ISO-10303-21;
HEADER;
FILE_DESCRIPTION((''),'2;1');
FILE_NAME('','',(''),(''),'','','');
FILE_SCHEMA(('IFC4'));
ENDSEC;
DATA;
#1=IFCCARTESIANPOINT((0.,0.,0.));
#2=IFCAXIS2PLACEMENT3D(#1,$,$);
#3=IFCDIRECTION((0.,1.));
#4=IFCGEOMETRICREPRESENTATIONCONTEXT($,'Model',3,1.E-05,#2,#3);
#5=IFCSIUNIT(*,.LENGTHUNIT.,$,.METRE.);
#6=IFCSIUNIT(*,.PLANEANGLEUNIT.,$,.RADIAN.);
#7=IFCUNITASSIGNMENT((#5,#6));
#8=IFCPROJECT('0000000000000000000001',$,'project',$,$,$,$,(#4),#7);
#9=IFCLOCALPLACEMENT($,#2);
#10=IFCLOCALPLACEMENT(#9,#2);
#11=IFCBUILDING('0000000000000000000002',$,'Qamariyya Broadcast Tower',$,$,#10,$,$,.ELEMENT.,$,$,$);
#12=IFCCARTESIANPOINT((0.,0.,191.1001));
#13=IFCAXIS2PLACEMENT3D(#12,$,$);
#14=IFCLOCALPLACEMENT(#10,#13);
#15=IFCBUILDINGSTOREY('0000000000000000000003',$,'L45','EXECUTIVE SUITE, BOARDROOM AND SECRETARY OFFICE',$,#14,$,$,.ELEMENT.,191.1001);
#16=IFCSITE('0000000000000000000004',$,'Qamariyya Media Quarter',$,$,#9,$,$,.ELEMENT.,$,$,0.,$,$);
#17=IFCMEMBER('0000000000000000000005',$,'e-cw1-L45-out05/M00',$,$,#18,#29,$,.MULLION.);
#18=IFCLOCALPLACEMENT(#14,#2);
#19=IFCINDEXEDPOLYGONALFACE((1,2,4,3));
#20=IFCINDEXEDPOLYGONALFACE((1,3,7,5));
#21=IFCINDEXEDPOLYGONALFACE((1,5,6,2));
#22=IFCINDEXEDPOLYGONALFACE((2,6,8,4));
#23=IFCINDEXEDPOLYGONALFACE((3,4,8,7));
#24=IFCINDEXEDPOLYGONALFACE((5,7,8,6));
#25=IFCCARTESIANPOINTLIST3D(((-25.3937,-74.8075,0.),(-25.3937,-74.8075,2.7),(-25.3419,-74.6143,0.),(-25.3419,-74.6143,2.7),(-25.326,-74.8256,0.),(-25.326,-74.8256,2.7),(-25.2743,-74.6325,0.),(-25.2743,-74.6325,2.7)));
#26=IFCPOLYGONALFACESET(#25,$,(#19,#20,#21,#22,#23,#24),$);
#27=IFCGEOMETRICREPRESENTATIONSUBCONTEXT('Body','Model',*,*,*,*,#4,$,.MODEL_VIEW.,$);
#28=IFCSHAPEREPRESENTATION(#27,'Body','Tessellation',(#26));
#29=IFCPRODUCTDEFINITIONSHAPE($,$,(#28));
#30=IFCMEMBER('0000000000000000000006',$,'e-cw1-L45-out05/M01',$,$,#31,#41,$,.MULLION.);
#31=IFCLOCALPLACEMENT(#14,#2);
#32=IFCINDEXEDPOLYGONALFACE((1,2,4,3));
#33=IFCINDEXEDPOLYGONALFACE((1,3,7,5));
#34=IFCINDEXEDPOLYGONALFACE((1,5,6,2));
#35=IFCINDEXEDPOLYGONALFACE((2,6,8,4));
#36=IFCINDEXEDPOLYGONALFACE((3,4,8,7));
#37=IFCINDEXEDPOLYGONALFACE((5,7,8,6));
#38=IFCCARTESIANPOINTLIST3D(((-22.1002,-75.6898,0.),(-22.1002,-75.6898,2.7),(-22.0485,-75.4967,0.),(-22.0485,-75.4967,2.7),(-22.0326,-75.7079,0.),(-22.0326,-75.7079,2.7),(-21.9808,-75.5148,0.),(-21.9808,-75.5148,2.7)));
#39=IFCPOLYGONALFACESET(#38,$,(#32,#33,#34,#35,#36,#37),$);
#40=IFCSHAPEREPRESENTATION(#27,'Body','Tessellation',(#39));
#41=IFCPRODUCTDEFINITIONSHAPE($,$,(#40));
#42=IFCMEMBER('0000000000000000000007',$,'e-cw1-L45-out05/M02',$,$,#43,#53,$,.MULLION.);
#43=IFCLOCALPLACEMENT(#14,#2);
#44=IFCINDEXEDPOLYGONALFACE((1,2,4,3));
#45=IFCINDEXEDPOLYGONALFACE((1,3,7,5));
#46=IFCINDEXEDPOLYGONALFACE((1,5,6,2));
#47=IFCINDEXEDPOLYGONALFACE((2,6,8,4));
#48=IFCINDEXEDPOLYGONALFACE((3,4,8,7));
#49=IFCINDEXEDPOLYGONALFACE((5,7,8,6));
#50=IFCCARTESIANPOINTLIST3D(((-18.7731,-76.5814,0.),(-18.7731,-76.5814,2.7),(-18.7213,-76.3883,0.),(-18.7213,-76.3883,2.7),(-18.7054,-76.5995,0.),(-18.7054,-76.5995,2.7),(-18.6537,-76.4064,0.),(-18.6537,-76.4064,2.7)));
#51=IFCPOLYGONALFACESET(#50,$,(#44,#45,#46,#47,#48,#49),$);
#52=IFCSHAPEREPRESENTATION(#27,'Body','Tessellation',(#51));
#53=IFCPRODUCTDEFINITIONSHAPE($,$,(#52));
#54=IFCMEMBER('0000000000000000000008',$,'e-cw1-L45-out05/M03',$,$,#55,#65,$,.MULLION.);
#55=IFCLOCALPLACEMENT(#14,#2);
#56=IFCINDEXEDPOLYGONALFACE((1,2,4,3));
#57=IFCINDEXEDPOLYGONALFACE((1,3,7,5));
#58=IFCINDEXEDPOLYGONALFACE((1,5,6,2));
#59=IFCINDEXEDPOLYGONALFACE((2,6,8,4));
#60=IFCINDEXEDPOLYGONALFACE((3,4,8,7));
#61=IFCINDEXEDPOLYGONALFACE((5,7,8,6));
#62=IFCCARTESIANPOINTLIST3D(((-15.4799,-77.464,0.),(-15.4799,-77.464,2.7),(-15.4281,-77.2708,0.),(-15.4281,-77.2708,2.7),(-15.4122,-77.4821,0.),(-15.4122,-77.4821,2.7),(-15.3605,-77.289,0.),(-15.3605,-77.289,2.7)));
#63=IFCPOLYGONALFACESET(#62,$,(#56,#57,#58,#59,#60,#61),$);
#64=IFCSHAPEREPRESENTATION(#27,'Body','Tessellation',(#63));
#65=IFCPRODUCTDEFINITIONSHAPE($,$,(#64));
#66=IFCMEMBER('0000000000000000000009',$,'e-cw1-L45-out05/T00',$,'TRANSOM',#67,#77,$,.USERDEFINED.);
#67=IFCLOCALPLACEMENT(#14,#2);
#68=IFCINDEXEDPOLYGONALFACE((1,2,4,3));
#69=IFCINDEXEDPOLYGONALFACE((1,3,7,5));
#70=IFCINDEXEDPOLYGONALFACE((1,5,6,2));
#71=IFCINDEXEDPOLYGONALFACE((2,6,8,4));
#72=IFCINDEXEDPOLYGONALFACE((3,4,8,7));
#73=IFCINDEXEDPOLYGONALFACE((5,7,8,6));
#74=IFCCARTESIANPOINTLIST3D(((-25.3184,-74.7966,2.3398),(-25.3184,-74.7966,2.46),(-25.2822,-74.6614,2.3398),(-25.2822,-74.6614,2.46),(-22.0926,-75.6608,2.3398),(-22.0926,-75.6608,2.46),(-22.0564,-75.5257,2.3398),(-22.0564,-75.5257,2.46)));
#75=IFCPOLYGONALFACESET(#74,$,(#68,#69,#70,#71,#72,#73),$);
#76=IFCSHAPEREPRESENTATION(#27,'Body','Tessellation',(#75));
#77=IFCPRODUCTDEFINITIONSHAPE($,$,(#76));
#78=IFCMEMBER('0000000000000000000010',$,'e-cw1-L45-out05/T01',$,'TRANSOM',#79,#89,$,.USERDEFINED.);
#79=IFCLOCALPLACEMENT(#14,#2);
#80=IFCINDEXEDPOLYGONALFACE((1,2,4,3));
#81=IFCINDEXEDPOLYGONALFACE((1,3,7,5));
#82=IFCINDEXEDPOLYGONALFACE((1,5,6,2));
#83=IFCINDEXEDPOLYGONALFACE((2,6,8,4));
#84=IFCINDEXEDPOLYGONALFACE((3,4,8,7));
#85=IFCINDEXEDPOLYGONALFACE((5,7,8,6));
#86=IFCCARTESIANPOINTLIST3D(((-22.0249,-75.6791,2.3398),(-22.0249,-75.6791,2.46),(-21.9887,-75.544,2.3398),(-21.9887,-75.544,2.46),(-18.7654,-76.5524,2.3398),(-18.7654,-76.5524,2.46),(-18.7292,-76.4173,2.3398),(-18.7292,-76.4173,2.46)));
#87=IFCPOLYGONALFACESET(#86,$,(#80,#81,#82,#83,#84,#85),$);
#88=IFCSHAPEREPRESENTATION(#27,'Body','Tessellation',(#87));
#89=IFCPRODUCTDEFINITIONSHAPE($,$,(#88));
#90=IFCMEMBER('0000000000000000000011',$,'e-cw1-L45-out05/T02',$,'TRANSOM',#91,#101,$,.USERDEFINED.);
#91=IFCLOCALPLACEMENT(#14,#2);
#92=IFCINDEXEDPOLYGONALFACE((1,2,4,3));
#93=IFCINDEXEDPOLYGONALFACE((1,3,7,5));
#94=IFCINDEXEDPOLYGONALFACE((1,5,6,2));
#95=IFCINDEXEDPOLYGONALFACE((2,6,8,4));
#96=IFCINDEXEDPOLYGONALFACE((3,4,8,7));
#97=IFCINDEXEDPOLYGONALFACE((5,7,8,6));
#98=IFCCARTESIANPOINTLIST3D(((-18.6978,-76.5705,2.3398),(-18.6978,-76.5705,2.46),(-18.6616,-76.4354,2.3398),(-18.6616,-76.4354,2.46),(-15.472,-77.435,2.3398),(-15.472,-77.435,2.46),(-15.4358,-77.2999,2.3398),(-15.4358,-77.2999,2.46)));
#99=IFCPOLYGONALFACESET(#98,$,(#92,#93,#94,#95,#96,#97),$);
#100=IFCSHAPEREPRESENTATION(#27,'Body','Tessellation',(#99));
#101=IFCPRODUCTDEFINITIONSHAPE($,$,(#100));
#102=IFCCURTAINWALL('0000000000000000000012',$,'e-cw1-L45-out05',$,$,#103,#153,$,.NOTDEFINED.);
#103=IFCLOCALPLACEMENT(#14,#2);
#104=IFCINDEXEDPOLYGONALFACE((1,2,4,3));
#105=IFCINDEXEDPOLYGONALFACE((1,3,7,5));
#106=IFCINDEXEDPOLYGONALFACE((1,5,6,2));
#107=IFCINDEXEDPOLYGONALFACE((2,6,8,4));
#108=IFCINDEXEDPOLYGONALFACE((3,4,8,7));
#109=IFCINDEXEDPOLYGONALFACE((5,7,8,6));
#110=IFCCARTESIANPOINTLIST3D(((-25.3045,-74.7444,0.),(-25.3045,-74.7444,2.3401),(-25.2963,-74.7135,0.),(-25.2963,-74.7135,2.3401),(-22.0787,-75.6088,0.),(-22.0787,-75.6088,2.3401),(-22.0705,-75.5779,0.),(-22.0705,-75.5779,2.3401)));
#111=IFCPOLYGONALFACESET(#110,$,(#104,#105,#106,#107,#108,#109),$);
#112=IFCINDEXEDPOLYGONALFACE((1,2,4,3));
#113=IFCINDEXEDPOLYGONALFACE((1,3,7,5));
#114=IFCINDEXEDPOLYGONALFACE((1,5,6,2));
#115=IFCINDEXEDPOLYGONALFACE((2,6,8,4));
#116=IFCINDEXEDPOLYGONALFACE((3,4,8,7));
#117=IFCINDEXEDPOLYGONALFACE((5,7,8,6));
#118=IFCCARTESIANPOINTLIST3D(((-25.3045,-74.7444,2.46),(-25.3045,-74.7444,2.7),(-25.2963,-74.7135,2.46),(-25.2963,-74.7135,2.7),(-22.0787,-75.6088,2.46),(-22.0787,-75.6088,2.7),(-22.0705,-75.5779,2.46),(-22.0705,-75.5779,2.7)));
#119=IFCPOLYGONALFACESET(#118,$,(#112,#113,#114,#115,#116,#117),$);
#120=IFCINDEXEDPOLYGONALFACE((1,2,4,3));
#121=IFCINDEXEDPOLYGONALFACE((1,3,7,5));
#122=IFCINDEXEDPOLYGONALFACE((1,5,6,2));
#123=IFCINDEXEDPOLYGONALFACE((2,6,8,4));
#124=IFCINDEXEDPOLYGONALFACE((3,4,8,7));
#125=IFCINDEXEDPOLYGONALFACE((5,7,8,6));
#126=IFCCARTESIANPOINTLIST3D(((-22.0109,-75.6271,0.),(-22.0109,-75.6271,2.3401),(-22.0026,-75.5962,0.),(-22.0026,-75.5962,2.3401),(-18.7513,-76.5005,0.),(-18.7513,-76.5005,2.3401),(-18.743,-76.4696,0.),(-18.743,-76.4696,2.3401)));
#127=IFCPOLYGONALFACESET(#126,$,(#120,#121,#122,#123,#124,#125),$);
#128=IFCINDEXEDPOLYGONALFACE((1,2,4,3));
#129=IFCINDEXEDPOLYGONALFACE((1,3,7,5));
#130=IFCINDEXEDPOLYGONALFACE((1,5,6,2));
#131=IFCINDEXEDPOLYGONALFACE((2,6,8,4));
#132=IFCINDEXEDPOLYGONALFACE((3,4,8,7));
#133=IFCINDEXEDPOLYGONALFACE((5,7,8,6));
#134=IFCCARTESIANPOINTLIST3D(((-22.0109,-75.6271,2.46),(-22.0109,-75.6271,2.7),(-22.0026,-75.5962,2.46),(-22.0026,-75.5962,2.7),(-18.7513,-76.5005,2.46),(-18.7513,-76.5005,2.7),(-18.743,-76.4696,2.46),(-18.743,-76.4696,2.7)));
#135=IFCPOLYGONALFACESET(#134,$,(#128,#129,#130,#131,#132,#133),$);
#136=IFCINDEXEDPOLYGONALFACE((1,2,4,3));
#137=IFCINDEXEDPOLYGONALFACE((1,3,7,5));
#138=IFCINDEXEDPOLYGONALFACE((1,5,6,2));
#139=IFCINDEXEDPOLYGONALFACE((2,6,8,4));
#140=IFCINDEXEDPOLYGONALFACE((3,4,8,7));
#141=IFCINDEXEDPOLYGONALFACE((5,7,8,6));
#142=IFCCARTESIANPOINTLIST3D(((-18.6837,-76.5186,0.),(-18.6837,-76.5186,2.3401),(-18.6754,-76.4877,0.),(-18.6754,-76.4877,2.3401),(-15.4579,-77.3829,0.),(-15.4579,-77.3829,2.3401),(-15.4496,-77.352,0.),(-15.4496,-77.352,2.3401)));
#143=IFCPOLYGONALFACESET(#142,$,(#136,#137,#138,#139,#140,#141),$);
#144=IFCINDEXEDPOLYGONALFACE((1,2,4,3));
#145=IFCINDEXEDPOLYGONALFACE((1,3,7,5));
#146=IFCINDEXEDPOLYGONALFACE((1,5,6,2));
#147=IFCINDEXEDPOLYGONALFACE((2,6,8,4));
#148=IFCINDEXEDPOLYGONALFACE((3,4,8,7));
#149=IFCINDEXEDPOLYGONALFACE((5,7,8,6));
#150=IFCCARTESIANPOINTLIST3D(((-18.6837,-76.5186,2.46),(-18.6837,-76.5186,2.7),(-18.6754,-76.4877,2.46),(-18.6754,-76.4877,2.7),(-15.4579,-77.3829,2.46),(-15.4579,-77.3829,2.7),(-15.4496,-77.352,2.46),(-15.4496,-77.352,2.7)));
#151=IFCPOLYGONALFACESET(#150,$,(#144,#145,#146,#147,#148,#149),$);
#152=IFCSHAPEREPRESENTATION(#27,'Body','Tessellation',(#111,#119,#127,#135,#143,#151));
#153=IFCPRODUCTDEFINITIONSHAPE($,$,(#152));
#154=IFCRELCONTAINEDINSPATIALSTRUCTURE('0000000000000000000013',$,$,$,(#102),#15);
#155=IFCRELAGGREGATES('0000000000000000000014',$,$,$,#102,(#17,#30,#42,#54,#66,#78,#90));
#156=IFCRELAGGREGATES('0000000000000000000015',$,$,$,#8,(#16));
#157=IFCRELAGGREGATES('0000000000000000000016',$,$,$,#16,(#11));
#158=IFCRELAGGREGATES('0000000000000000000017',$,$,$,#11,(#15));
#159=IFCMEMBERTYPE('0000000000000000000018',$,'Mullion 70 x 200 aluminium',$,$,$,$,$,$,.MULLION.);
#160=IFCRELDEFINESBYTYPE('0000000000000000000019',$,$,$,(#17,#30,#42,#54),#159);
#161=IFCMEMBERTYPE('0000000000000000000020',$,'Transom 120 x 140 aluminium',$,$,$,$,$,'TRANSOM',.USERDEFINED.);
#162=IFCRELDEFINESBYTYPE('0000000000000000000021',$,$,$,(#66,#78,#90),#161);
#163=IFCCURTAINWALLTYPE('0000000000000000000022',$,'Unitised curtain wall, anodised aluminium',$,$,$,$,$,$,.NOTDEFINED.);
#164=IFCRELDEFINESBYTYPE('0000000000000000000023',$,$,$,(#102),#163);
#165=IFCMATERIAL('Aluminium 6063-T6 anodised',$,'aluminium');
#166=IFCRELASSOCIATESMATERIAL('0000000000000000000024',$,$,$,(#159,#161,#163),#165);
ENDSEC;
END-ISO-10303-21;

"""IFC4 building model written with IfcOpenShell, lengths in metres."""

from ifc_helpers import new_model, si_unit, direction, frame, origin, origin_2d, place, context, subcontext, project, spatial, rectangle, extrude, material, material_profile, profile_set, type_object, element, aggregate, save


model = new_model("IFC4")

# Units and contexts
model_context = context("Model", 3, precision=1e-05, world=origin(), true_north=direction((0.0, 1.0)))
body_context = subcontext(model_context, "Body", "Model", "MODEL_VIEW")
ifc_project = project(units=[si_unit("LENGTHUNIT", "METRE"), si_unit("PLANEANGLEUNIT", "RADIAN")], contexts=[model_context])

# Members
ifc_material = material(Name="Aluminium 6063-T6 anodised", Category="aluminium")
ifc_material_profile_1 = material_profile(ifc_material, rectangle(XDim=0.2, YDim=0.0701, at=origin_2d()))
ifc_profile_set_1 = profile_set([ifc_material_profile_1], Name="Aluminium 6063-T6 anodised")
member_type_1 = type_object("IfcMemberType", Name="Mullion 70 x 200 aluminium", PredefinedType="MULLION", material=ifc_profile_set_1)
site_placement = place(None, origin())
building_placement = place(site_placement, origin())
storey_placement = place(building_placement, frame((0.0, 0.0, 191.1001)))
member_1_placement = place(storey_placement, frame((-25.334, -74.72, 0.0), z_axis=(0.0, 0.0, 1.0), x_axis=(0.258819, 0.965926, 0.0)))
member_1 = element("IfcMember", 1, at=member_1_placement, type_object=member_type_1, Name="e-cw1-L45-out05/M00", PredefinedType="MULLION", context=body_context, shape_type="SweptSolid", body=[
    extrude(rectangle(XDim=0.2, YDim=0.0701, at=origin_2d()), origin(), (0.0, 0.0, 1.0), 2.7),
])
member_2_placement = place(storey_placement, frame((-22.0405, -75.6023, 0.0), z_axis=(0.0, 0.0, 1.0), x_axis=(0.258819, 0.965926, 0.0)))
member_2 = element("IfcMember", 2, at=member_2_placement, type_object=member_type_1, Name="e-cw1-L45-out05/M01", PredefinedType="MULLION", context=body_context, shape_type="SweptSolid", body=[
    extrude(rectangle(XDim=0.2, YDim=0.0701, at=origin_2d()), origin(), (0.0, 0.0, 1.0), 2.7),
])
member_3_placement = place(storey_placement, frame((-18.7134, -76.4939, 0.0), z_axis=(0.0, 0.0, 1.0), x_axis=(0.258819, 0.965926, 0.0)))
member_3 = element("IfcMember", 3, at=member_3_placement, type_object=member_type_1, Name="e-cw1-L45-out05/M02", PredefinedType="MULLION", context=body_context, shape_type="SweptSolid", body=[
    extrude(rectangle(XDim=0.2, YDim=0.0701, at=origin_2d()), origin(), (0.0, 0.0, 1.0), 2.7),
])
member_4_placement = place(storey_placement, frame((-15.4202, -77.3765, 0.0), z_axis=(0.0, 0.0, 1.0), x_axis=(0.258819, 0.965926, 0.0)))
member_4 = element("IfcMember", 4, at=member_4_placement, type_object=member_type_1, Name="e-cw1-L45-out05/M03", PredefinedType="MULLION", context=body_context, shape_type="SweptSolid", body=[
    extrude(rectangle(XDim=0.2, YDim=0.0701, at=origin_2d()), origin(), (0.0, 0.0, 1.0), 2.7),
])
ifc_material_profile_2 = material_profile(ifc_material, rectangle(XDim=0.1399, YDim=0.1201, at=origin_2d()))
ifc_profile_set_2 = profile_set([ifc_material_profile_2], Name="Aluminium 6063-T6 anodised")
member_type_2 = type_object("IfcMemberType", Name="Transom 120 x 140 aluminium", ElementType="TRANSOM", PredefinedType="USERDEFINED", material=ifc_profile_set_2)
member_5_placement = place(storey_placement, frame((-25.3003, -74.729, 2.3999), z_axis=(0.965933, -0.258791, 0.0), x_axis=(0.258791, 0.965933, 0.0)))
member_5 = element("IfcMember", 5, at=member_5_placement, type_object=member_type_2, Name="e-cw1-L45-out05/T00", ObjectType="TRANSOM", PredefinedType="USERDEFINED", context=body_context, shape_type="SweptSolid", body=[
    extrude(rectangle(XDim=0.1399, YDim=0.1201, at=origin_2d()), origin(), (0.0, 0.0, 1.0), 3.3396),
])
member_6_placement = place(storey_placement, frame((-22.0068, -75.6116, 2.3999), z_axis=(0.965933, -0.258793, 0.0), x_axis=(0.258793, 0.965933, 0.0)))
member_6 = element("IfcMember", 6, at=member_6_placement, type_object=member_type_2, Name="e-cw1-L45-out05/T01", ObjectType="TRANSOM", PredefinedType="USERDEFINED", context=body_context, shape_type="SweptSolid", body=[
    extrude(rectangle(XDim=0.1399, YDim=0.1201, at=origin_2d()), origin(), (0.0, 0.0, 1.0), 3.3745),
])
member_7_placement = place(storey_placement, frame((-18.6797, -76.5029, 2.3999), z_axis=(0.965915, -0.258859, 0.0), x_axis=(0.258859, 0.965915, 0.0)))
member_7 = element("IfcMember", 7, at=member_7_placement, type_object=member_type_2, Name="e-cw1-L45-out05/T02", ObjectType="TRANSOM", PredefinedType="USERDEFINED", context=body_context, shape_type="SweptSolid", body=[
    extrude(rectangle(XDim=0.1399, YDim=0.1201, at=origin_2d()), origin(), (0.0, 0.0, 1.0), 3.3396),
])

# Site, building, storey
site = spatial("IfcSite", under=ifc_project, at=site_placement, Name="Qamariyya Media Quarter", CompositionType="ELEMENT", RefElevation=0.0)
building = spatial("IfcBuilding", under=site, at=building_placement, Name="Qamariyya Broadcast Tower", CompositionType="ELEMENT")
storey = spatial("IfcBuildingStorey", under=building, at=storey_placement, Name="L45", Description="EXECUTIVE SUITE, BOARDROOM AND SECRETARY OFFICE", CompositionType="ELEMENT", Elevation=191.1001)

# Curtain wall
curtain_wall_type = type_object("IfcCurtainWallType", Name="Unitised curtain wall, anodised aluminium", PredefinedType="NOTDEFINED", material=ifc_material)
curtain_wall_1_placement = place(storey_placement, origin())
curtain_wall_1 = element("IfcCurtainWall", 8, at=curtain_wall_1_placement, inside=storey, type_object=curtain_wall_type, Name="e-cw1-L45-out05", PredefinedType="NOTDEFINED", context=body_context, shape_type="SweptSolid", body=[
    extrude(rectangle(XDim=3.3396, YDim=0.032, at=origin_2d()), frame((-23.6875, -75.1611, 0.0), x_axis=(0.965926, -0.258817, 0.0)), (0.0, 0.0, 1.0), 2.3401),
    extrude(rectangle(XDim=3.3396, YDim=0.032, at=origin_2d()), frame((-23.6875, -75.1611, 2.46), x_axis=(0.965926, -0.258817, 0.0)), (0.0, 0.0, 1.0), 0.24),
    extrude(rectangle(XDim=3.3745, YDim=0.032, at=origin_2d()), frame((-20.377, -76.0483, 0.0), x_axis=(0.965926, -0.258817, 0.0)), (0.0, 0.0, 1.0), 2.3401),
    extrude(rectangle(XDim=3.3745, YDim=0.032, at=origin_2d()), frame((-20.377, -76.0483, 2.46), x_axis=(0.965926, -0.258817, 0.0)), (0.0, 0.0, 1.0), 0.24),
    extrude(rectangle(XDim=3.3396, YDim=0.032, at=origin_2d()), frame((-17.0667, -76.9353, 0.0), x_axis=(0.965926, -0.258817, 0.0)), (0.0, 0.0, 1.0), 2.3401),
    extrude(rectangle(XDim=3.3396, YDim=0.032, at=origin_2d()), frame((-17.0667, -76.9353, 2.46), x_axis=(0.965926, -0.258817, 0.0)), (0.0, 0.0, 1.0), 0.24),
])
aggregate(curtain_wall_1, [member_1, member_2, member_3, member_4, member_5, member_6, member_7])

save(model, "model.ifc")
